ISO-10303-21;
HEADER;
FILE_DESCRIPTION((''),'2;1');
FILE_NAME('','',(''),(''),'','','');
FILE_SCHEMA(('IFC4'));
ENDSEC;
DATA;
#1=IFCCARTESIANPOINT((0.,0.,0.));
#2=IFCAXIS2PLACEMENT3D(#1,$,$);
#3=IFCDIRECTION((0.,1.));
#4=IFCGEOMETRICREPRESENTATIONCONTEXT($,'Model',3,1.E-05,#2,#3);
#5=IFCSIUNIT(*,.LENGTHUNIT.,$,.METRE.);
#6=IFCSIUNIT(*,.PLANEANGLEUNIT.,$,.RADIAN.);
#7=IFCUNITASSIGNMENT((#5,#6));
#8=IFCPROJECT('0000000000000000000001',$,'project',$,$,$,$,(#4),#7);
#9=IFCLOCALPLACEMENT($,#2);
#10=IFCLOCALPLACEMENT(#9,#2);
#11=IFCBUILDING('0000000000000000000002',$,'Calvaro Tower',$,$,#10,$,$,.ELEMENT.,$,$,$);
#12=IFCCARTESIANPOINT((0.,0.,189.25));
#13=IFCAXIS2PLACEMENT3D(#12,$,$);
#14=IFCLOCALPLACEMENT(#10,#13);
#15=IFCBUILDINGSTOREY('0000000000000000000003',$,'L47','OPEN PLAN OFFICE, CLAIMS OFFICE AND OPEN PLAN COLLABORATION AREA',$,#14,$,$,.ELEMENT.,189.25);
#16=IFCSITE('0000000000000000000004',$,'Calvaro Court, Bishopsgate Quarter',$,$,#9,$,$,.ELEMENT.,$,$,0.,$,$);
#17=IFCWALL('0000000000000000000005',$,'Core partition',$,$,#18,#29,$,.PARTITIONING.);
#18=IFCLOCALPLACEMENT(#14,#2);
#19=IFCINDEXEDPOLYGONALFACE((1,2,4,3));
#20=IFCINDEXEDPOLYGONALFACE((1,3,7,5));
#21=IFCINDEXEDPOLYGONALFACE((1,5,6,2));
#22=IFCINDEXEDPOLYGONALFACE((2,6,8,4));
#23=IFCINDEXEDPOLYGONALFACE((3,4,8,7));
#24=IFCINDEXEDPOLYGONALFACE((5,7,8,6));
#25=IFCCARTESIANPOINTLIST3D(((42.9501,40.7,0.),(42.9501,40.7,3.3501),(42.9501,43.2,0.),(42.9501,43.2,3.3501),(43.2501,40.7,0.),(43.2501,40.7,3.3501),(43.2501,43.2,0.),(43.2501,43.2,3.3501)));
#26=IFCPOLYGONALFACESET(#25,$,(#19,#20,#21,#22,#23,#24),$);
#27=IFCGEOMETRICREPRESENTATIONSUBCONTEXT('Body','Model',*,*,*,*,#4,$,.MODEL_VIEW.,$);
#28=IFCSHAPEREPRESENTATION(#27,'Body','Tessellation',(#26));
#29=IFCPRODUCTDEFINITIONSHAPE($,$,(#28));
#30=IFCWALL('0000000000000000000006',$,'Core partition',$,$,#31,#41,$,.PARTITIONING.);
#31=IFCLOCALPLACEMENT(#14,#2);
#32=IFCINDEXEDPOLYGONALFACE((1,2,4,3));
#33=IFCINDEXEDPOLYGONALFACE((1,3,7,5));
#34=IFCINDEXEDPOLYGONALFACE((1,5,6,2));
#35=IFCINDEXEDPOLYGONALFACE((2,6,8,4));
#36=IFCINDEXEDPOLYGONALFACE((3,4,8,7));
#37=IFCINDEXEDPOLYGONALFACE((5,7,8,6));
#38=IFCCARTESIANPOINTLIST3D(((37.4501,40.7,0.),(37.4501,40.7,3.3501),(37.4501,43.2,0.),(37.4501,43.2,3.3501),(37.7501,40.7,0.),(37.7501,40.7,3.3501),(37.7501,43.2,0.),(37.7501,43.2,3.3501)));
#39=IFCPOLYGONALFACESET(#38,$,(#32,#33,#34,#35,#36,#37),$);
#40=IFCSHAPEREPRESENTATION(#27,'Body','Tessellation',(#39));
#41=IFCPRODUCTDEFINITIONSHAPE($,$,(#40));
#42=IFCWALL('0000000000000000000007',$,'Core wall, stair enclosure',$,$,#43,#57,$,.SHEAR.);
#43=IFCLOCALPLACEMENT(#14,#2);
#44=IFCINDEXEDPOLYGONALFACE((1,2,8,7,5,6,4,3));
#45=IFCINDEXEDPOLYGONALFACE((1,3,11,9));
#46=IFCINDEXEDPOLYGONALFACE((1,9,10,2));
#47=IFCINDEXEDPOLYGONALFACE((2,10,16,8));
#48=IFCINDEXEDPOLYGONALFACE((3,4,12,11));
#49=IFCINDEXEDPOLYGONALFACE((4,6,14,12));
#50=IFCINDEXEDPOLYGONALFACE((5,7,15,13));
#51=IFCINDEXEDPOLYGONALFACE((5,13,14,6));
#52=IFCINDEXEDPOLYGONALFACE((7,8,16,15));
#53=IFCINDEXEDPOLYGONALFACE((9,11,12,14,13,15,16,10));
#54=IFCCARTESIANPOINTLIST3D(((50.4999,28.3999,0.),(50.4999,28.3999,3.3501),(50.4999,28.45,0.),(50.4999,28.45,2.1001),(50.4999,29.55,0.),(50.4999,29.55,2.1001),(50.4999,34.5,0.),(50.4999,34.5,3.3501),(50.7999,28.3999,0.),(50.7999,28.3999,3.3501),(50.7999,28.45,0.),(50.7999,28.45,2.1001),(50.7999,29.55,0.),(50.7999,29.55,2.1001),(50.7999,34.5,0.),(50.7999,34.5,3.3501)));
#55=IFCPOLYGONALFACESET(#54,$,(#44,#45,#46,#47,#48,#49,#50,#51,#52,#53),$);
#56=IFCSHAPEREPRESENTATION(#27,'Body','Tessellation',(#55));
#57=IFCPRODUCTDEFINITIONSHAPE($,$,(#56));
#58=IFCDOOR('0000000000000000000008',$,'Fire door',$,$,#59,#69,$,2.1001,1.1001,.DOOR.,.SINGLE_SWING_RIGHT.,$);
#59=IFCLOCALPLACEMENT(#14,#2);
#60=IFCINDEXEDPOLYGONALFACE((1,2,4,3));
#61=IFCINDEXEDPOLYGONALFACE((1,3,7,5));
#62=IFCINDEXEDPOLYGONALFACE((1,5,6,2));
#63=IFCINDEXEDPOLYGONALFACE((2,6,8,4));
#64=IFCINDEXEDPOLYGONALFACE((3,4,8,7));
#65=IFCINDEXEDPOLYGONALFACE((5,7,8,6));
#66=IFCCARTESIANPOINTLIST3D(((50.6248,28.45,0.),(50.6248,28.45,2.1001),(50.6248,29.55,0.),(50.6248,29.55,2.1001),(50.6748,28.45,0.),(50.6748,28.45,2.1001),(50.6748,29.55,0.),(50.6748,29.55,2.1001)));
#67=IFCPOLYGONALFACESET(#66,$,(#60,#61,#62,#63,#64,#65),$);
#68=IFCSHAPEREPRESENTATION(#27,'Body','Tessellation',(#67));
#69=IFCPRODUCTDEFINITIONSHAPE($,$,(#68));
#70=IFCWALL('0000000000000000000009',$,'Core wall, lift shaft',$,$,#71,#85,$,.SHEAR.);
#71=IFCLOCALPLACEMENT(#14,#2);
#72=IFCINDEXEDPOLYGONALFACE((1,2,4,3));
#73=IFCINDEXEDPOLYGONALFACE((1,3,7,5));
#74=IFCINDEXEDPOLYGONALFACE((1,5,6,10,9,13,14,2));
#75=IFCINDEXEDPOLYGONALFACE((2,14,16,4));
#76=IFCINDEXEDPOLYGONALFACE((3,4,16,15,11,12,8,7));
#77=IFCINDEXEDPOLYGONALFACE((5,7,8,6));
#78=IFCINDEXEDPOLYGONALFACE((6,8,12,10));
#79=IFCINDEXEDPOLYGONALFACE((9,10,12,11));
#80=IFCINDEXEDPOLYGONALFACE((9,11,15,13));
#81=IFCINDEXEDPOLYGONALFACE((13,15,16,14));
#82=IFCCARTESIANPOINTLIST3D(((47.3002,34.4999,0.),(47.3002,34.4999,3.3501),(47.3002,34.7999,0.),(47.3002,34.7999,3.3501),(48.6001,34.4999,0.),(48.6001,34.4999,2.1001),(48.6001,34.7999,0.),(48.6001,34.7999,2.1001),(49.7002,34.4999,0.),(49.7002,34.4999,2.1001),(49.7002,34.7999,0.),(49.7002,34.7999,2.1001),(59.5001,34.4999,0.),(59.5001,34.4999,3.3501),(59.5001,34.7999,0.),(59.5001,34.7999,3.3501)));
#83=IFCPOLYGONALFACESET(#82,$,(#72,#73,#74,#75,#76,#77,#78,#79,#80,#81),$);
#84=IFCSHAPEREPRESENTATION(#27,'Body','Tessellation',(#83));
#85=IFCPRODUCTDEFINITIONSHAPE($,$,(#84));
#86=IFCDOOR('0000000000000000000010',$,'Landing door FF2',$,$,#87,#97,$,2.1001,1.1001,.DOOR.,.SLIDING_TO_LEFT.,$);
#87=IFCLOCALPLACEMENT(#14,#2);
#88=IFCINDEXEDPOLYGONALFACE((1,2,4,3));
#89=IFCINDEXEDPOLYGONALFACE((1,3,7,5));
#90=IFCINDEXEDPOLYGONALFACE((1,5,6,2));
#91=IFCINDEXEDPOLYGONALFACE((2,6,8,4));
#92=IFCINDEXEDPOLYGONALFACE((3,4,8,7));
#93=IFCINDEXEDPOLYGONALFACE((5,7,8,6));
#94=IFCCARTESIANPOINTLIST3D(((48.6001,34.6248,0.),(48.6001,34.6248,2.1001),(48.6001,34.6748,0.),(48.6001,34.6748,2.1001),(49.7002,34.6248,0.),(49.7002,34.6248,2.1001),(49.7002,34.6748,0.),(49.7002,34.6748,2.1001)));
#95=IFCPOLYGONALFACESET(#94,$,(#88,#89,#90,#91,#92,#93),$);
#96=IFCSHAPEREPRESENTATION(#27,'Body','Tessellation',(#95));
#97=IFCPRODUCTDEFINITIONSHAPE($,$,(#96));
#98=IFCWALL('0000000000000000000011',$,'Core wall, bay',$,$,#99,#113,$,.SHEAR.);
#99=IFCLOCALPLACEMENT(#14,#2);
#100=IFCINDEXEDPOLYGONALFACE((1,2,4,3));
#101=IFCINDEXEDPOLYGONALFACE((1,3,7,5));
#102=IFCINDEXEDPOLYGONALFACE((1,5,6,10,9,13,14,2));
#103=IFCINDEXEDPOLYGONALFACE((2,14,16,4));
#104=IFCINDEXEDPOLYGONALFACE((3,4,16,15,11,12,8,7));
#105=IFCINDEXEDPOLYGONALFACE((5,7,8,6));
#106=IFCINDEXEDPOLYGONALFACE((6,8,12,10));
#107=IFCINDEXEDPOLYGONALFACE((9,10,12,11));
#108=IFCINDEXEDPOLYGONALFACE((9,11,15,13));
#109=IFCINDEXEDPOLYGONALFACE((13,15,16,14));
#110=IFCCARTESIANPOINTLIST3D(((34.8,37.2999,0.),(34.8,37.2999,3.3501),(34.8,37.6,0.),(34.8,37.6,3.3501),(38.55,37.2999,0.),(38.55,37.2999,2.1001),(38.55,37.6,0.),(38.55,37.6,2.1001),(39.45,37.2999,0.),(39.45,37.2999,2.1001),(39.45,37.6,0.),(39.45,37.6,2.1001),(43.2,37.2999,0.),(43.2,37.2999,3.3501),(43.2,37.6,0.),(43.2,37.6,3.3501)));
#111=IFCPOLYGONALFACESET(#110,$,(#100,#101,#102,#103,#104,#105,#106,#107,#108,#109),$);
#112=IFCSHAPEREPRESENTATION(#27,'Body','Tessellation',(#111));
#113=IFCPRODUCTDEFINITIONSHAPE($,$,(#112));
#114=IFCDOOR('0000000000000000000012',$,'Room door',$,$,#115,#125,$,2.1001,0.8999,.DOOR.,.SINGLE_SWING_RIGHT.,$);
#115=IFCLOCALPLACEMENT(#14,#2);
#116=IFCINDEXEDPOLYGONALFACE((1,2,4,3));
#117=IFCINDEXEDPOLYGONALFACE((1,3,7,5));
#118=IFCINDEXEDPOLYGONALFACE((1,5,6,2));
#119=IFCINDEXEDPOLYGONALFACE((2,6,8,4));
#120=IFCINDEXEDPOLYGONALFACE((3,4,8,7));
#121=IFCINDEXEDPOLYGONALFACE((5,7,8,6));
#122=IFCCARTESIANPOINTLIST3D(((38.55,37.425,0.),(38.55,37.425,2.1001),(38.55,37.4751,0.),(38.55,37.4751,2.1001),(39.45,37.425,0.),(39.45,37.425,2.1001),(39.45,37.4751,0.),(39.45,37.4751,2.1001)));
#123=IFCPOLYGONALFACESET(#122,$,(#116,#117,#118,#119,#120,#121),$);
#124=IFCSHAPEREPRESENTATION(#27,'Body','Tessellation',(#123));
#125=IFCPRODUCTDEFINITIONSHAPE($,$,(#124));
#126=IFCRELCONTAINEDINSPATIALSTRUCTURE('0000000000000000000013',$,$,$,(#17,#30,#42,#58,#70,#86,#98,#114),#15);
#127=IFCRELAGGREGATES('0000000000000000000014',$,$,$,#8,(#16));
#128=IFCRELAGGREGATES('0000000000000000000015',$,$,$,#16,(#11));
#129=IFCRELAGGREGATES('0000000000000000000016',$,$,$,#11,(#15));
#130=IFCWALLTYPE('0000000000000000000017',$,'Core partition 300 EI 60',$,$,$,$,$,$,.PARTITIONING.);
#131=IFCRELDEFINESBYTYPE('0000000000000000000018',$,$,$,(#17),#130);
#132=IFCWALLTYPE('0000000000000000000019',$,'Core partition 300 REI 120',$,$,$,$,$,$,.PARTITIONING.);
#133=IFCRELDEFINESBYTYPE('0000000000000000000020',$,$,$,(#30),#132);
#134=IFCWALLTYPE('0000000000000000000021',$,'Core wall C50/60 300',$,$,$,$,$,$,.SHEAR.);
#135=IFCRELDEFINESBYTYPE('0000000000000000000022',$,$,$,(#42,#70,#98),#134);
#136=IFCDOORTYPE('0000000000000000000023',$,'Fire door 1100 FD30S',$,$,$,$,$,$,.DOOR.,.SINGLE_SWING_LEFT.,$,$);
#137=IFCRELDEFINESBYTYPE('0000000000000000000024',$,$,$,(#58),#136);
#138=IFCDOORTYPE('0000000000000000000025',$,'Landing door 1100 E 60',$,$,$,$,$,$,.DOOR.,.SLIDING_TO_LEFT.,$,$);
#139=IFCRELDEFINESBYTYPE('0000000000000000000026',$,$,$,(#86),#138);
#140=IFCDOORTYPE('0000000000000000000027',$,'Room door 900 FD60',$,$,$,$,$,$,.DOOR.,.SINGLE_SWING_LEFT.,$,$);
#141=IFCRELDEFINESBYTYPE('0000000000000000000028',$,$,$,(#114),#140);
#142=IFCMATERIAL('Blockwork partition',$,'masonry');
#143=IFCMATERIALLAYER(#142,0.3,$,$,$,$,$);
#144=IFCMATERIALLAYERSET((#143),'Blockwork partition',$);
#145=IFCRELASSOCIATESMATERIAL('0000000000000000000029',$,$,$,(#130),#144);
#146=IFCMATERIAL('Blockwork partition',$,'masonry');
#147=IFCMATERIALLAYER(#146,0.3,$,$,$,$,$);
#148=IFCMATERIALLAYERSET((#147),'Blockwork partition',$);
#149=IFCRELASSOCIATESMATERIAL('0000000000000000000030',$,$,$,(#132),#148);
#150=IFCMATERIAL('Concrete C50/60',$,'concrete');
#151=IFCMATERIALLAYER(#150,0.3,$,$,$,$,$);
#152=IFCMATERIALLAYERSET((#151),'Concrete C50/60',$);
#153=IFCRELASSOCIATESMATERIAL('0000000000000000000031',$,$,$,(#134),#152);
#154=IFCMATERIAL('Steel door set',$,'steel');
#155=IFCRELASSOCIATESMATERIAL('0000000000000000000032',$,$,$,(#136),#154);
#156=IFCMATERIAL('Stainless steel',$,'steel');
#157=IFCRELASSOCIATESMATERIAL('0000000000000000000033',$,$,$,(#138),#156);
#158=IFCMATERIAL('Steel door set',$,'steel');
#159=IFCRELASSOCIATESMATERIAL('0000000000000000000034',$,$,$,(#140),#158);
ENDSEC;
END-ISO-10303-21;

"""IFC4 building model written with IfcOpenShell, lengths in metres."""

from ifc_helpers import new_model, si_unit, direction, frame, frame_2d, origin, place, context, subcontext, project, spatial, rectangle, extrude, material, layer, layer_set, type_object, element, fill, save


model = new_model("IFC4")

# Units and contexts
model_context = context("Model", 3, precision=1e-05, world=origin(), true_north=direction((0.0, 1.0)))
body_context = subcontext(model_context, "Body", "Model", "MODEL_VIEW")
ifc_project = project(units=[si_unit("LENGTHUNIT", "METRE"), si_unit("PLANEANGLEUNIT", "RADIAN")], contexts=[model_context])

# Site, building, storey
site_placement = place(None, origin())
site = spatial("IfcSite", under=ifc_project, at=site_placement, Name="Calvaro Court, Bishopsgate Quarter", CompositionType="ELEMENT", RefElevation=0.0)
building_placement = place(site_placement, origin())
building = spatial("IfcBuilding", under=site, at=building_placement, Name="Calvaro Tower", CompositionType="ELEMENT")
storey_placement = place(building_placement, frame((0.0, 0.0, 189.25)))
storey = spatial("IfcBuildingStorey", under=building, at=storey_placement, Name="L47", Description="OPEN PLAN OFFICE, CLAIMS OFFICE AND OPEN PLAN COLLABORATION AREA", CompositionType="ELEMENT", Elevation=189.25)

# Walls
ifc_material_1 = material(Name="Blockwork partition", Category="masonry")
ifc_layer_1 = layer(ifc_material_1, 0.3)
ifc_layer_set_1 = layer_set([ifc_layer_1], Name="Blockwork partition")
wall_type_1 = type_object("IfcWallType", Name="Core partition 300 EI 60", PredefinedType="PARTITIONING", material=ifc_layer_set_1)
wall_1_placement = place(storey_placement, frame((43.1001, 40.7, 0.0), z_axis=(0.0, 0.0, 1.0), x_axis=(0.0, 1.0, 0.0)))
element("IfcWall", 1, at=wall_1_placement, inside=storey, type_object=wall_type_1, Name="Core partition", PredefinedType="PARTITIONING", context=body_context, shape_type="SweptSolid", body=[
    extrude(rectangle(XDim=2.5, YDim=0.3, at=frame_2d((1.25, 0.0))), origin(), (0.0, 0.0, 1.0), 3.3501),
])
ifc_material_2 = material(Name="Blockwork partition", Category="masonry")
ifc_layer_2 = layer(ifc_material_2, 0.3)
ifc_layer_set_2 = layer_set([ifc_layer_2], Name="Blockwork partition")
wall_type_2 = type_object("IfcWallType", Name="Core partition 300 REI 120", PredefinedType="PARTITIONING", material=ifc_layer_set_2)
wall_2_placement = place(storey_placement, frame((37.6001, 40.7, 0.0), z_axis=(0.0, 0.0, 1.0), x_axis=(0.0, 1.0, 0.0)))
element("IfcWall", 2, at=wall_2_placement, inside=storey, type_object=wall_type_2, Name="Core partition", PredefinedType="PARTITIONING", context=body_context, shape_type="SweptSolid", body=[
    extrude(rectangle(XDim=2.5, YDim=0.3, at=frame_2d((1.25, 0.0))), origin(), (0.0, 0.0, 1.0), 3.3501),
])

# Walls, openings, doors
ifc_material_3 = material(Name="Concrete C50/60", Category="concrete")
ifc_layer_3 = layer(ifc_material_3, 0.3)
ifc_layer_set_3 = layer_set([ifc_layer_3], Name="Concrete C50/60")
wall_type_3 = type_object("IfcWallType", Name="Core wall C50/60 300", PredefinedType="SHEAR", material=ifc_layer_set_3)
wall_3_placement = place(storey_placement, frame((50.6499, 34.5, 0.0), z_axis=(0.0, 0.0, 1.0), x_axis=(0.0, -1.0, 0.0)))
wall_3 = element("IfcWall", 3, at=wall_3_placement, inside=storey, type_object=wall_type_3, Name="Core wall, stair enclosure", PredefinedType="SHEAR", context=body_context, shape_type="SweptSolid", body=[
    extrude(rectangle(XDim=6.1001, YDim=0.3, at=frame_2d((3.05, 0.0))), origin(), (0.0, 0.0, 1.0), 3.3501),
])
opening_1_placement = place(wall_3_placement, frame((4.95, 0.0, 0.0)))
opening_1 = element("IfcOpeningElement", 4, at=opening_1_placement, cuts=wall_3, PredefinedType="OPENING", context=body_context, shape_type="SweptSolid", body=[
    extrude(rectangle(XDim=1.1001, YDim=2.1001, at=frame_2d((0.55, 1.05))), frame((0.0, 0.1599, 0.0), z_axis=(0.0, -1.0, 0.0), x_axis=(1.0, 0.0, 0.0)), (0.0, 0.0, 1.0), 0.3201),
])
ifc_material_4 = material(Name="Steel door set", Category="steel")
door_type_1 = type_object("IfcDoorType", Name="Fire door 1100 FD30S", OperationType="SINGLE_SWING_LEFT", PredefinedType="DOOR", material=ifc_material_4)
door_1_placement = place(opening_1_placement, origin())
door_1 = element("IfcDoor", 5, at=door_1_placement, inside=storey, type_object=door_type_1, Name="Fire door", OperationType="SINGLE_SWING_RIGHT", OverallHeight=2.1001, OverallWidth=1.1001, PredefinedType="DOOR", context=body_context, shape_type="SweptSolid", body=[
    extrude(rectangle(XDim=1.1001, YDim=2.1001, at=frame_2d((0.55, 1.05))), frame((0.0, 0.0249, 0.0), z_axis=(0.0, -1.0, 0.0), x_axis=(1.0, 0.0, 0.0)), (0.0, 0.0, 1.0), 0.05),
])
fill(opening_1, door_1)
wall_4_placement = place(storey_placement, frame((47.3, 34.6499, 0.0), z_axis=(0.0, 0.0, 1.0), x_axis=(1.0, 0.0, 0.0)))
wall_4 = element("IfcWall", 6, at=wall_4_placement, inside=storey, type_object=wall_type_3, Name="Core wall, lift shaft", PredefinedType="SHEAR", context=body_context, shape_type="SweptSolid", body=[
    extrude(rectangle(XDim=12.2, YDim=0.3, at=frame_2d((6.1001, 0.0))), origin(), (0.0, 0.0, 1.0), 3.3501),
])
opening_2_placement = place(wall_4_placement, frame((1.3, 0.0, 0.0)))
opening_2 = element("IfcOpeningElement", 7, at=opening_2_placement, cuts=wall_4, PredefinedType="OPENING", context=body_context, shape_type="SweptSolid", body=[
    extrude(rectangle(XDim=1.1001, YDim=2.1001, at=frame_2d((0.55, 1.05))), frame((0.0, 0.1599, 0.0), z_axis=(0.0, -1.0, 0.0), x_axis=(1.0, 0.0, 0.0)), (0.0, 0.0, 1.0), 0.3201),
])
ifc_material_5 = material(Name="Stainless steel", Category="steel")
door_type_2 = type_object("IfcDoorType", Name="Landing door 1100 E 60", OperationType="SLIDING_TO_LEFT", PredefinedType="DOOR", material=ifc_material_5)
door_2_placement = place(opening_2_placement, origin())
door_2 = element("IfcDoor", 8, at=door_2_placement, inside=storey, type_object=door_type_2, Name="Landing door FF2", OperationType="SLIDING_TO_LEFT", OverallHeight=2.1001, OverallWidth=1.1001, PredefinedType="DOOR", context=body_context, shape_type="SweptSolid", body=[
    extrude(rectangle(XDim=1.1001, YDim=2.1001, at=frame_2d((0.55, 1.05))), frame((0.0, 0.0249, 0.0), z_axis=(0.0, -1.0, 0.0), x_axis=(1.0, 0.0, 0.0)), (0.0, 0.0, 1.0), 0.05),
])
fill(opening_2, door_2)
wall_5_placement = place(storey_placement, frame((43.2, 37.45, 0.0), z_axis=(0.0, 0.0, 1.0), x_axis=(-1.0, 0.0, 0.0)))
wall_5 = element("IfcWall", 9, at=wall_5_placement, inside=storey, type_object=wall_type_3, Name="Core wall, bay", PredefinedType="SHEAR", context=body_context, shape_type="SweptSolid", body=[
    extrude(rectangle(XDim=8.3999, YDim=0.3, at=frame_2d((4.2, 0.0))), origin(), (0.0, 0.0, 1.0), 3.3501),
])
opening_3_placement = place(wall_5_placement, frame((3.75, 0.0, 0.0)))
opening_3 = element("IfcOpeningElement", 10, at=opening_3_placement, cuts=wall_5, PredefinedType="OPENING", context=body_context, shape_type="SweptSolid", body=[
    extrude(rectangle(XDim=0.8999, YDim=2.1001, at=frame_2d((0.45, 1.05))), frame((0.0, 0.1599, 0.0), z_axis=(0.0, -1.0, 0.0), x_axis=(1.0, 0.0, 0.0)), (0.0, 0.0, 1.0), 0.3201),
])
ifc_material_6 = material(Name="Steel door set", Category="steel")
door_type_3 = type_object("IfcDoorType", Name="Room door 900 FD60", OperationType="SINGLE_SWING_LEFT", PredefinedType="DOOR", material=ifc_material_6)
door_3_placement = place(opening_3_placement, origin())
door_3 = element("IfcDoor", 11, at=door_3_placement, inside=storey, type_object=door_type_3, Name="Room door", OperationType="SINGLE_SWING_RIGHT", OverallHeight=2.1001, OverallWidth=0.8999, PredefinedType="DOOR", context=body_context, shape_type="SweptSolid", body=[
    extrude(rectangle(XDim=0.8999, YDim=2.1001, at=frame_2d((0.45, 1.05))), frame((0.0, 0.0249, 0.0), z_axis=(0.0, -1.0, 0.0), x_axis=(1.0, 0.0, 0.0)), (0.0, 0.0, 1.0), 0.05),
])
fill(opening_3, door_3)

save(model, "model.ifc")
